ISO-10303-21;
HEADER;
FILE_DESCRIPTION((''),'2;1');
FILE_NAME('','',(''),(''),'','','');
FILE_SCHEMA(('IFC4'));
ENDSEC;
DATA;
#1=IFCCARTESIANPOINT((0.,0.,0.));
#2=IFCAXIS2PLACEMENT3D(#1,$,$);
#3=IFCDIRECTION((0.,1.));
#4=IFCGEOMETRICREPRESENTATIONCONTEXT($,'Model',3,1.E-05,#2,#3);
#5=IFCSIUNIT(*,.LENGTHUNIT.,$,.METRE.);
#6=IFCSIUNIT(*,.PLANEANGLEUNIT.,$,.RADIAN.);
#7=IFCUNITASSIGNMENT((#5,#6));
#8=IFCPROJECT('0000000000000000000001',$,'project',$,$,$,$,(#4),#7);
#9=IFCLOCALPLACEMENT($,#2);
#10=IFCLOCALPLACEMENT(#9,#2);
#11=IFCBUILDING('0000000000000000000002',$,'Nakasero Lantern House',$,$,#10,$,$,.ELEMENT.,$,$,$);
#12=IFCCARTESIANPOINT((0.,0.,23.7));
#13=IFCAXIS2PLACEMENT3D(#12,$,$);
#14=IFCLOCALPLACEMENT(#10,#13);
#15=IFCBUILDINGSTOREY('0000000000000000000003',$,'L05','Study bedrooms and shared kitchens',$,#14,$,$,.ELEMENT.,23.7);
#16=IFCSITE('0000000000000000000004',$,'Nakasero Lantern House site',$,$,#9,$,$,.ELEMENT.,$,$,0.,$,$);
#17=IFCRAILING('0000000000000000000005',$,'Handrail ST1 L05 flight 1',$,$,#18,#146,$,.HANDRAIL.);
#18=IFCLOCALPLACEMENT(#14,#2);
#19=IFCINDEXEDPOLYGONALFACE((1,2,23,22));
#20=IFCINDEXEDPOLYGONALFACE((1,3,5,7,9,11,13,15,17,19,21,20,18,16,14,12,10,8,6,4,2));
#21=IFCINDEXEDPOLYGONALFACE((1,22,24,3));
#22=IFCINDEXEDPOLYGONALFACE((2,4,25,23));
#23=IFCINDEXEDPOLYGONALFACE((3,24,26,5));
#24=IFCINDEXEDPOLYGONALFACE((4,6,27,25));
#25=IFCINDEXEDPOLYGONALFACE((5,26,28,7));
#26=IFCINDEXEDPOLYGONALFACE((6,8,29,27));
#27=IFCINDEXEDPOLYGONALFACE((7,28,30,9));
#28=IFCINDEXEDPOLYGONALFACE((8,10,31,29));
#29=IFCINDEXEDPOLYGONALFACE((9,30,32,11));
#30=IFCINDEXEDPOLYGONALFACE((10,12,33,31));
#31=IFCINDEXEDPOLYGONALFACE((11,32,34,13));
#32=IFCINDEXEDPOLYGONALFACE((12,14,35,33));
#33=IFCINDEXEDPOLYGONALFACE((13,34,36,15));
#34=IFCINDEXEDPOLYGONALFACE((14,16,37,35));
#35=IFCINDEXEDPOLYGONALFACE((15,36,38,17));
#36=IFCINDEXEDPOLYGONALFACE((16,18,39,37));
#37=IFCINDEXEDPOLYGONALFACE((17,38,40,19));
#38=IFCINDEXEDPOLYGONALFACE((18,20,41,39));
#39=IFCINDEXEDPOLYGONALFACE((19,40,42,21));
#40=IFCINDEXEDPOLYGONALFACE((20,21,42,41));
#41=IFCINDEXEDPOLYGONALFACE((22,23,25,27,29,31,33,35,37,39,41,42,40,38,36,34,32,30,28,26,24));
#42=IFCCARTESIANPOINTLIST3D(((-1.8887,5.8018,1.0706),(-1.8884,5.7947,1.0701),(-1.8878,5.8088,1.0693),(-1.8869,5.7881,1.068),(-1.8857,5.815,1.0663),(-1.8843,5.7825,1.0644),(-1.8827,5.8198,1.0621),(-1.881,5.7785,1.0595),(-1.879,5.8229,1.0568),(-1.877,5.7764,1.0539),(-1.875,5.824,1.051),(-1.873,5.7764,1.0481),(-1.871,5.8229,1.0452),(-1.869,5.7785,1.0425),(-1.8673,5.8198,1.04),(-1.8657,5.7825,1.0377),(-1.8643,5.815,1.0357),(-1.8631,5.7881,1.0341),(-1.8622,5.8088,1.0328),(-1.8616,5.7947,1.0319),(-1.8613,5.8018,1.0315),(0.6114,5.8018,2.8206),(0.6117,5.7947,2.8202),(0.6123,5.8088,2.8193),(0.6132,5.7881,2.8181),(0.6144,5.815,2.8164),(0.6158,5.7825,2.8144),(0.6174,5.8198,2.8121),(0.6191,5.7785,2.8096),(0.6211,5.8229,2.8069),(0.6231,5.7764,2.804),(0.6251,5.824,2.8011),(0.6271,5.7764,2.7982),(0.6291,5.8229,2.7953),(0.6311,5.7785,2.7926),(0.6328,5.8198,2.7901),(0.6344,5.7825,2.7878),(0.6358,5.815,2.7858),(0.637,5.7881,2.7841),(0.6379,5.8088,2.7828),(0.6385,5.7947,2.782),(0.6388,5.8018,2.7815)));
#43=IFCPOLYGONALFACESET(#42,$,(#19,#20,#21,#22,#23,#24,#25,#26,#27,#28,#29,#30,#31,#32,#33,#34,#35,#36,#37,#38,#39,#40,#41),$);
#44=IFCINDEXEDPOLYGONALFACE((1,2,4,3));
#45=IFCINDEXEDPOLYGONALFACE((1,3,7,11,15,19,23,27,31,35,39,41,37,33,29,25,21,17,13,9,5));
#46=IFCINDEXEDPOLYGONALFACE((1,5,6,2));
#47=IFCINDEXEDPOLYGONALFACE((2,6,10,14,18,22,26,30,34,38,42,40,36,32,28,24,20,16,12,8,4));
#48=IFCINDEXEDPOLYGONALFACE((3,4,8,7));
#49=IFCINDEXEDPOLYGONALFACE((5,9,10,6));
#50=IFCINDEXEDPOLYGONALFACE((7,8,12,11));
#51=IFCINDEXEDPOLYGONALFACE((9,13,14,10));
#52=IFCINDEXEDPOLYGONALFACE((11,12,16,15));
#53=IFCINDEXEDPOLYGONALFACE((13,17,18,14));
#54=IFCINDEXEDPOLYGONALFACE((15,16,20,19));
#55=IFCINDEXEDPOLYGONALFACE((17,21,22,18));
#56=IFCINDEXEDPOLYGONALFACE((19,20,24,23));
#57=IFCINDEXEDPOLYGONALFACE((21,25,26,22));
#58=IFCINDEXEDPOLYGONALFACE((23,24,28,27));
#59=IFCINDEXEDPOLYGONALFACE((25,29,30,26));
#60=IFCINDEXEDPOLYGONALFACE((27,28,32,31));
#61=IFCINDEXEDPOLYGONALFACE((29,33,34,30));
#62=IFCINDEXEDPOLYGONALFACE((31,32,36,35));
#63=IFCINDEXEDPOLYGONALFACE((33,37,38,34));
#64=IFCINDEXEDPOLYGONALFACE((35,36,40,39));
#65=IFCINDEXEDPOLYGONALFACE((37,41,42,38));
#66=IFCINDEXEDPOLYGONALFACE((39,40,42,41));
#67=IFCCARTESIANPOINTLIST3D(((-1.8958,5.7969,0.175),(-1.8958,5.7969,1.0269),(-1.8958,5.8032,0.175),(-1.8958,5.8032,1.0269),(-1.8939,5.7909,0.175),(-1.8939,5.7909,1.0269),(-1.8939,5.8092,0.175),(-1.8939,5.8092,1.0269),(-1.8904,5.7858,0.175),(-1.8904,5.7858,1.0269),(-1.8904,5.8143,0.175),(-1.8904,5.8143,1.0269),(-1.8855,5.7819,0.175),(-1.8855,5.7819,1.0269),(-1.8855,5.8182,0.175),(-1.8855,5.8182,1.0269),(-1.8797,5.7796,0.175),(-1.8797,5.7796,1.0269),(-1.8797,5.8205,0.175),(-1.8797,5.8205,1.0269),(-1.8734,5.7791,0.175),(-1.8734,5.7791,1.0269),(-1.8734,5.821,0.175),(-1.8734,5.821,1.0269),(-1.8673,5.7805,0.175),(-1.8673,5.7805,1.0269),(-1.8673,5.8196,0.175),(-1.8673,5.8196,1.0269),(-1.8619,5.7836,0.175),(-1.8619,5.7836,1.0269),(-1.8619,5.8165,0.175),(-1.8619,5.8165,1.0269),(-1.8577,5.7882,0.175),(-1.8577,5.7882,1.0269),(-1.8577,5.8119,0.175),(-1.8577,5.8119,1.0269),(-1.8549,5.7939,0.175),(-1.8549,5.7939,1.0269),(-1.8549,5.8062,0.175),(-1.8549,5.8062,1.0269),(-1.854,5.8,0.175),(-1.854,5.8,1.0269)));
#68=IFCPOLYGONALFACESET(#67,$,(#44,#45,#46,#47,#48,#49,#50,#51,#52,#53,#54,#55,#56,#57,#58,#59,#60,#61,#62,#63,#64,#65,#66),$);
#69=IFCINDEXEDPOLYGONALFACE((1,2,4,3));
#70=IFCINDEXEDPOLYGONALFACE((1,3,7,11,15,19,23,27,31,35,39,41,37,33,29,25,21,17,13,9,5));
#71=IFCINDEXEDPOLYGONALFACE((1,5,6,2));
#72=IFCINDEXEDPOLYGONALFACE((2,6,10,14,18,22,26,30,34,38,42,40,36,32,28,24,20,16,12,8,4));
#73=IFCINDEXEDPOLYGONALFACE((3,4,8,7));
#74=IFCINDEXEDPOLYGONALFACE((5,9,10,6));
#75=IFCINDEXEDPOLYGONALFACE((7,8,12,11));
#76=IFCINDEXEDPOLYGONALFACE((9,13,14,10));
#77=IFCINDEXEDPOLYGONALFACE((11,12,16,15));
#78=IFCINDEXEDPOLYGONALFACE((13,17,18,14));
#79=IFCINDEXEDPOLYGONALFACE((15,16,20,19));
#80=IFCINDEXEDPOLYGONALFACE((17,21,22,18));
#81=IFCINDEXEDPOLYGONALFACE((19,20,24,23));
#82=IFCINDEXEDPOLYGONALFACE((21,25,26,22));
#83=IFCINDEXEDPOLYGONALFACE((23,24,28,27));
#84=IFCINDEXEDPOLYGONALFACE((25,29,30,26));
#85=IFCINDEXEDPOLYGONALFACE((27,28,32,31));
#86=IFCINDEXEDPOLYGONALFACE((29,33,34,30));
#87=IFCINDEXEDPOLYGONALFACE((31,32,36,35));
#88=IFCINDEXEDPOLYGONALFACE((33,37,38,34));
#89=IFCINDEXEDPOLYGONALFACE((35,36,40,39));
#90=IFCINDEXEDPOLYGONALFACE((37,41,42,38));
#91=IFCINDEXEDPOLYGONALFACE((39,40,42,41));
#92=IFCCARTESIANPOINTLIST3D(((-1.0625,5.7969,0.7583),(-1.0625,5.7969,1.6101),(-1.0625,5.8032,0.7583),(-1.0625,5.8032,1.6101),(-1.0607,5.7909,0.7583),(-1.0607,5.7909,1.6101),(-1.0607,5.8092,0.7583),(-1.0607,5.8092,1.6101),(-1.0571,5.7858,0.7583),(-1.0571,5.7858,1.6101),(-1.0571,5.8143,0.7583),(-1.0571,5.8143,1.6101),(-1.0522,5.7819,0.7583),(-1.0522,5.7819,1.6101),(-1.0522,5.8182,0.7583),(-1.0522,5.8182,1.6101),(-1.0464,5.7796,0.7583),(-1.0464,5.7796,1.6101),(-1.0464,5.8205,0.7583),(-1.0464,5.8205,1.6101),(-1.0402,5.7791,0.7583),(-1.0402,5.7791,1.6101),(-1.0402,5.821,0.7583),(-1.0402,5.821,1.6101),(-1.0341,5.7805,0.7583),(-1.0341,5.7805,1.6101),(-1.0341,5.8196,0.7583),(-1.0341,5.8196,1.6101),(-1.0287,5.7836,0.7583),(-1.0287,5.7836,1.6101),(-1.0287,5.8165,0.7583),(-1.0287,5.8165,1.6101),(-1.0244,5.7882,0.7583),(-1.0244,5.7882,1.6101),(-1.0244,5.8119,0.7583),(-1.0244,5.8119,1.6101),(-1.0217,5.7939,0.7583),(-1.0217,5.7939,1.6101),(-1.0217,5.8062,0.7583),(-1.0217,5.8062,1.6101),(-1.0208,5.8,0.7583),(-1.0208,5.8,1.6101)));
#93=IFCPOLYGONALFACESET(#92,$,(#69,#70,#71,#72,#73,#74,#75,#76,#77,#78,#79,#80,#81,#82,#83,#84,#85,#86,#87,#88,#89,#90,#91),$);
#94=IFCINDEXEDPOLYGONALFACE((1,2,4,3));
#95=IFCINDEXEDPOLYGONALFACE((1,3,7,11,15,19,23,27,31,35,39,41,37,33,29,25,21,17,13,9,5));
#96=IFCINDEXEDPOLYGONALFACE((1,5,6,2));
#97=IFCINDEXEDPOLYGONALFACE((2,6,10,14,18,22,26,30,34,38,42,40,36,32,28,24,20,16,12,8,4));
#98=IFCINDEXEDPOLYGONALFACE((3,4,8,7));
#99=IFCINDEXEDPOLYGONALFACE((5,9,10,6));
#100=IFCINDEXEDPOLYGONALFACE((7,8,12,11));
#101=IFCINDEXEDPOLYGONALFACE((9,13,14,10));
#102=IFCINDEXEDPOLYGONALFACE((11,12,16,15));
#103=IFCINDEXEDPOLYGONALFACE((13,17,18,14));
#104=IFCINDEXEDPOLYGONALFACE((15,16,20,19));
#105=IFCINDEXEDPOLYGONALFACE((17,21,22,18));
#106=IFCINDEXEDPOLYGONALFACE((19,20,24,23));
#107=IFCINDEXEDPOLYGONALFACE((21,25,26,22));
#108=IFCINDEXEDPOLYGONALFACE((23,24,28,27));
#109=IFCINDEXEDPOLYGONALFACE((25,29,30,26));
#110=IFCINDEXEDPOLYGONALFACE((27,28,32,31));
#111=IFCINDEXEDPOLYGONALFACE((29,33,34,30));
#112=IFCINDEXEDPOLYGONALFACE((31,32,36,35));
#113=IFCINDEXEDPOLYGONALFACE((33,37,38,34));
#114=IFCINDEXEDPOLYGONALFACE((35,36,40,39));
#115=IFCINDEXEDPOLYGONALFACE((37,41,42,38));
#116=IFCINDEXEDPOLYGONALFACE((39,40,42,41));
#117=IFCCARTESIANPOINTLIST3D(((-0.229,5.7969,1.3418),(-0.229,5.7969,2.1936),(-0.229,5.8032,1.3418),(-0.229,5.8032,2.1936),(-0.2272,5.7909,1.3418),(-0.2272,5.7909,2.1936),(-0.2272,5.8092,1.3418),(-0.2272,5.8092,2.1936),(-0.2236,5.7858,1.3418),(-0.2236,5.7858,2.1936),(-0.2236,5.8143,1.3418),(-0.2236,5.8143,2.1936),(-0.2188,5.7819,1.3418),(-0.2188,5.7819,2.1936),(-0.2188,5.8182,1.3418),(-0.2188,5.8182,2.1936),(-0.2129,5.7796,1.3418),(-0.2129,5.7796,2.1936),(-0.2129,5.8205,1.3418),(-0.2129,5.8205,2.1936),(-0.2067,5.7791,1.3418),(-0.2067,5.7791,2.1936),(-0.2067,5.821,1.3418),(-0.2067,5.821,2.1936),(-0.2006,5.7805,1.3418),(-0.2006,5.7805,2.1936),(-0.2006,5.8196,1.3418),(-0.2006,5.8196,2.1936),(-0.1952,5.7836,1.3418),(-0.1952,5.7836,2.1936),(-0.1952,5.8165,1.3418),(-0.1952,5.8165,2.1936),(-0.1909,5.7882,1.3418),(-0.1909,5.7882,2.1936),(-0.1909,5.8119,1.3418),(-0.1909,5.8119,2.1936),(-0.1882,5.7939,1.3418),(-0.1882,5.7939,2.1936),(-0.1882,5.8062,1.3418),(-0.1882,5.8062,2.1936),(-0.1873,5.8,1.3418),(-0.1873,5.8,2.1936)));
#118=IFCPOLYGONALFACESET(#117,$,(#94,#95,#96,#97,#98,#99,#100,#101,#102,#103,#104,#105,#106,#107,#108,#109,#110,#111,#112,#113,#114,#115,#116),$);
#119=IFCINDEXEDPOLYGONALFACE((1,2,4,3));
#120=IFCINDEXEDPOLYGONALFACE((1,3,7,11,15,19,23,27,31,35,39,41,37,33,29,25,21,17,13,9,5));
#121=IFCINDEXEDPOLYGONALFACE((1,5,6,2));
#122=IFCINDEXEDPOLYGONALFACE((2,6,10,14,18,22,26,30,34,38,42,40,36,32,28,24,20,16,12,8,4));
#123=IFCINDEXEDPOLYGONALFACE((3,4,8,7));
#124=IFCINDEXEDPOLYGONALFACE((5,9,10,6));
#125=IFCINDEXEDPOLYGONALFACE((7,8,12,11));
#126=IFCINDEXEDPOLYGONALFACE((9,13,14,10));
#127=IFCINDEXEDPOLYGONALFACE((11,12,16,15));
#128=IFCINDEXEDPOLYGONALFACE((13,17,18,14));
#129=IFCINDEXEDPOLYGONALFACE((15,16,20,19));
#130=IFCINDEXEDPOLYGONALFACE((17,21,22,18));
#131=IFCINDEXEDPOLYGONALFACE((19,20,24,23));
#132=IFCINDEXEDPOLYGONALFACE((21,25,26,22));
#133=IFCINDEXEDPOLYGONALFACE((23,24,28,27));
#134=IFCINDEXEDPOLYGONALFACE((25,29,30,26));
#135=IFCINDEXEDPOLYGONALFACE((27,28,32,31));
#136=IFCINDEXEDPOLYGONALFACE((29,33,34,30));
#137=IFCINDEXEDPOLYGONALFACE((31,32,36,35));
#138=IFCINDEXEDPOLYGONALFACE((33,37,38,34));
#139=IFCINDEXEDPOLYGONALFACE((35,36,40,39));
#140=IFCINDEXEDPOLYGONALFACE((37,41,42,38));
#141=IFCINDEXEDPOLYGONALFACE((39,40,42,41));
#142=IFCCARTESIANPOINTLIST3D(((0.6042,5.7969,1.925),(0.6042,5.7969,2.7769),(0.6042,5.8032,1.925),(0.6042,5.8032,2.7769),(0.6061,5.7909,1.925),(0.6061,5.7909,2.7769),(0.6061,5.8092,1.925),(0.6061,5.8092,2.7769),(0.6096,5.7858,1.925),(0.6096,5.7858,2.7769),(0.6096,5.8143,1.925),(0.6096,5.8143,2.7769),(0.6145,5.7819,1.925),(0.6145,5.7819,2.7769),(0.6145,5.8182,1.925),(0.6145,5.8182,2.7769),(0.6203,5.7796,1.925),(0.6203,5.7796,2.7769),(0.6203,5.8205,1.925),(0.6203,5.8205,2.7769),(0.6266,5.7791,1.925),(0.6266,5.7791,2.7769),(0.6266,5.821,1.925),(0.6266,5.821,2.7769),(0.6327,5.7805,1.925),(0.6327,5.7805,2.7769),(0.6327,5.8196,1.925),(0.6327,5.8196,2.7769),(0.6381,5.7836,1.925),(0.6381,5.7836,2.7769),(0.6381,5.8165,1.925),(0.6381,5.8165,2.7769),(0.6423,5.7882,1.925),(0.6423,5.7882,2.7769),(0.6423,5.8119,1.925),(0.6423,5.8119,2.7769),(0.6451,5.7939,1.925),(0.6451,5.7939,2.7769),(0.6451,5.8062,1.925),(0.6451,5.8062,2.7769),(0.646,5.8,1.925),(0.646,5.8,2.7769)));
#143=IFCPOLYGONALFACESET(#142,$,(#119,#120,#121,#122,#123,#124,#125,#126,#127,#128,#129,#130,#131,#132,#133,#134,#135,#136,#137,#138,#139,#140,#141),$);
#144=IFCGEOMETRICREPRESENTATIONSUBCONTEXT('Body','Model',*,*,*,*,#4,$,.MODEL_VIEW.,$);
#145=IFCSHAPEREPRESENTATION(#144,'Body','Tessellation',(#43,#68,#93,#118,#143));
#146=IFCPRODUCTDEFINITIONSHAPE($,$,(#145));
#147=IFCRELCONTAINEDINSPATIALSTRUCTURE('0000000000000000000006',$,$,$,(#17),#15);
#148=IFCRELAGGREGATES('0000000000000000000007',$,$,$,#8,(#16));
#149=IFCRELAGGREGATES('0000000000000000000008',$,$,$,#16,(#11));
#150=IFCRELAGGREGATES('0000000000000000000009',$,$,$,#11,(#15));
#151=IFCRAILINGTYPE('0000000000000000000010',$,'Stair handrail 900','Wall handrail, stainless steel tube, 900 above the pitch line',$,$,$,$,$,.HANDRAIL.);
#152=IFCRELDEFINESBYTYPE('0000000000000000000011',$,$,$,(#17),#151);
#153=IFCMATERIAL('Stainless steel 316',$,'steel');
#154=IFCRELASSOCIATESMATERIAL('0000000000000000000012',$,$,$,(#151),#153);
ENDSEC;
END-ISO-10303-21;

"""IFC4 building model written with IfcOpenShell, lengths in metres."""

from ifc_helpers import new_model, si_unit, direction, frame, origin, origin_2d, place, context, subcontext, project, spatial, circle, extrude, material, type_object, element, save


model = new_model("IFC4")

# Units and contexts
model_context = context("Model", 3, precision=1e-05, world=origin(), true_north=direction((0.0, 1.0)))
body_context = subcontext(model_context, "Body", "Model", "MODEL_VIEW")
ifc_project = project(units=[si_unit("LENGTHUNIT", "METRE"), si_unit("PLANEANGLEUNIT", "RADIAN")], contexts=[model_context])

# Site, building, storey
site_placement = place(None, origin())
site = spatial("IfcSite", under=ifc_project, at=site_placement, Name="Nakasero Lantern House site", CompositionType="ELEMENT", RefElevation=0.0)
building_placement = place(site_placement, origin())
building = spatial("IfcBuilding", under=site, at=building_placement, Name="Nakasero Lantern House", CompositionType="ELEMENT")
storey_placement = place(building_placement, frame((0.0, 0.0, 23.7)))
storey = spatial("IfcBuildingStorey", under=building, at=storey_placement, Name="L05", Description="Study bedrooms and shared kitchens", CompositionType="ELEMENT", Elevation=23.7)

# Railing
ifc_material_1 = material(Name="Stainless steel 316", Category="steel")
railing_type = type_object("IfcRailingType", Name="Stair handrail 900", Description="Wall handrail, stainless steel tube, 900 above the pitch line", PredefinedType="HANDRAIL", material=ifc_material_1)
railing_placement = place(storey_placement, frame((-1.875, 5.8, 0.175)))
element("IfcRailing", 1, at=railing_placement, inside=storey, type_object=railing_type, Name="Handrail ST1 L05 flight 1", PredefinedType="HANDRAIL", context=body_context, shape_type="SweptSolid", body=[
    extrude(circle(Radius=0.0239, at=origin_2d()), frame((0.0, 0.0, 0.876), z_axis=(0.819232, 0.0, 0.573462), x_axis=(0.0, 1.0, 0.0)), (0.0, 0.0, 1.0), 3.0518),
    extrude(circle(Radius=0.021, at=origin_2d()), origin(), (0.0, 0.0, 1.0), 0.8518),
    extrude(circle(Radius=0.021, at=origin_2d()), frame((0.8333, 0.0, 0.5833)), (0.0, 0.0, 1.0), 0.8518),
    extrude(circle(Radius=0.021, at=origin_2d()), frame((1.6667, 0.0, 1.1667)), (0.0, 0.0, 1.0), 0.8518),
    extrude(circle(Radius=0.021, at=origin_2d()), frame((2.5, 0.0, 1.75)), (0.0, 0.0, 1.0), 0.8518),
])

save(model, "model.ifc")
